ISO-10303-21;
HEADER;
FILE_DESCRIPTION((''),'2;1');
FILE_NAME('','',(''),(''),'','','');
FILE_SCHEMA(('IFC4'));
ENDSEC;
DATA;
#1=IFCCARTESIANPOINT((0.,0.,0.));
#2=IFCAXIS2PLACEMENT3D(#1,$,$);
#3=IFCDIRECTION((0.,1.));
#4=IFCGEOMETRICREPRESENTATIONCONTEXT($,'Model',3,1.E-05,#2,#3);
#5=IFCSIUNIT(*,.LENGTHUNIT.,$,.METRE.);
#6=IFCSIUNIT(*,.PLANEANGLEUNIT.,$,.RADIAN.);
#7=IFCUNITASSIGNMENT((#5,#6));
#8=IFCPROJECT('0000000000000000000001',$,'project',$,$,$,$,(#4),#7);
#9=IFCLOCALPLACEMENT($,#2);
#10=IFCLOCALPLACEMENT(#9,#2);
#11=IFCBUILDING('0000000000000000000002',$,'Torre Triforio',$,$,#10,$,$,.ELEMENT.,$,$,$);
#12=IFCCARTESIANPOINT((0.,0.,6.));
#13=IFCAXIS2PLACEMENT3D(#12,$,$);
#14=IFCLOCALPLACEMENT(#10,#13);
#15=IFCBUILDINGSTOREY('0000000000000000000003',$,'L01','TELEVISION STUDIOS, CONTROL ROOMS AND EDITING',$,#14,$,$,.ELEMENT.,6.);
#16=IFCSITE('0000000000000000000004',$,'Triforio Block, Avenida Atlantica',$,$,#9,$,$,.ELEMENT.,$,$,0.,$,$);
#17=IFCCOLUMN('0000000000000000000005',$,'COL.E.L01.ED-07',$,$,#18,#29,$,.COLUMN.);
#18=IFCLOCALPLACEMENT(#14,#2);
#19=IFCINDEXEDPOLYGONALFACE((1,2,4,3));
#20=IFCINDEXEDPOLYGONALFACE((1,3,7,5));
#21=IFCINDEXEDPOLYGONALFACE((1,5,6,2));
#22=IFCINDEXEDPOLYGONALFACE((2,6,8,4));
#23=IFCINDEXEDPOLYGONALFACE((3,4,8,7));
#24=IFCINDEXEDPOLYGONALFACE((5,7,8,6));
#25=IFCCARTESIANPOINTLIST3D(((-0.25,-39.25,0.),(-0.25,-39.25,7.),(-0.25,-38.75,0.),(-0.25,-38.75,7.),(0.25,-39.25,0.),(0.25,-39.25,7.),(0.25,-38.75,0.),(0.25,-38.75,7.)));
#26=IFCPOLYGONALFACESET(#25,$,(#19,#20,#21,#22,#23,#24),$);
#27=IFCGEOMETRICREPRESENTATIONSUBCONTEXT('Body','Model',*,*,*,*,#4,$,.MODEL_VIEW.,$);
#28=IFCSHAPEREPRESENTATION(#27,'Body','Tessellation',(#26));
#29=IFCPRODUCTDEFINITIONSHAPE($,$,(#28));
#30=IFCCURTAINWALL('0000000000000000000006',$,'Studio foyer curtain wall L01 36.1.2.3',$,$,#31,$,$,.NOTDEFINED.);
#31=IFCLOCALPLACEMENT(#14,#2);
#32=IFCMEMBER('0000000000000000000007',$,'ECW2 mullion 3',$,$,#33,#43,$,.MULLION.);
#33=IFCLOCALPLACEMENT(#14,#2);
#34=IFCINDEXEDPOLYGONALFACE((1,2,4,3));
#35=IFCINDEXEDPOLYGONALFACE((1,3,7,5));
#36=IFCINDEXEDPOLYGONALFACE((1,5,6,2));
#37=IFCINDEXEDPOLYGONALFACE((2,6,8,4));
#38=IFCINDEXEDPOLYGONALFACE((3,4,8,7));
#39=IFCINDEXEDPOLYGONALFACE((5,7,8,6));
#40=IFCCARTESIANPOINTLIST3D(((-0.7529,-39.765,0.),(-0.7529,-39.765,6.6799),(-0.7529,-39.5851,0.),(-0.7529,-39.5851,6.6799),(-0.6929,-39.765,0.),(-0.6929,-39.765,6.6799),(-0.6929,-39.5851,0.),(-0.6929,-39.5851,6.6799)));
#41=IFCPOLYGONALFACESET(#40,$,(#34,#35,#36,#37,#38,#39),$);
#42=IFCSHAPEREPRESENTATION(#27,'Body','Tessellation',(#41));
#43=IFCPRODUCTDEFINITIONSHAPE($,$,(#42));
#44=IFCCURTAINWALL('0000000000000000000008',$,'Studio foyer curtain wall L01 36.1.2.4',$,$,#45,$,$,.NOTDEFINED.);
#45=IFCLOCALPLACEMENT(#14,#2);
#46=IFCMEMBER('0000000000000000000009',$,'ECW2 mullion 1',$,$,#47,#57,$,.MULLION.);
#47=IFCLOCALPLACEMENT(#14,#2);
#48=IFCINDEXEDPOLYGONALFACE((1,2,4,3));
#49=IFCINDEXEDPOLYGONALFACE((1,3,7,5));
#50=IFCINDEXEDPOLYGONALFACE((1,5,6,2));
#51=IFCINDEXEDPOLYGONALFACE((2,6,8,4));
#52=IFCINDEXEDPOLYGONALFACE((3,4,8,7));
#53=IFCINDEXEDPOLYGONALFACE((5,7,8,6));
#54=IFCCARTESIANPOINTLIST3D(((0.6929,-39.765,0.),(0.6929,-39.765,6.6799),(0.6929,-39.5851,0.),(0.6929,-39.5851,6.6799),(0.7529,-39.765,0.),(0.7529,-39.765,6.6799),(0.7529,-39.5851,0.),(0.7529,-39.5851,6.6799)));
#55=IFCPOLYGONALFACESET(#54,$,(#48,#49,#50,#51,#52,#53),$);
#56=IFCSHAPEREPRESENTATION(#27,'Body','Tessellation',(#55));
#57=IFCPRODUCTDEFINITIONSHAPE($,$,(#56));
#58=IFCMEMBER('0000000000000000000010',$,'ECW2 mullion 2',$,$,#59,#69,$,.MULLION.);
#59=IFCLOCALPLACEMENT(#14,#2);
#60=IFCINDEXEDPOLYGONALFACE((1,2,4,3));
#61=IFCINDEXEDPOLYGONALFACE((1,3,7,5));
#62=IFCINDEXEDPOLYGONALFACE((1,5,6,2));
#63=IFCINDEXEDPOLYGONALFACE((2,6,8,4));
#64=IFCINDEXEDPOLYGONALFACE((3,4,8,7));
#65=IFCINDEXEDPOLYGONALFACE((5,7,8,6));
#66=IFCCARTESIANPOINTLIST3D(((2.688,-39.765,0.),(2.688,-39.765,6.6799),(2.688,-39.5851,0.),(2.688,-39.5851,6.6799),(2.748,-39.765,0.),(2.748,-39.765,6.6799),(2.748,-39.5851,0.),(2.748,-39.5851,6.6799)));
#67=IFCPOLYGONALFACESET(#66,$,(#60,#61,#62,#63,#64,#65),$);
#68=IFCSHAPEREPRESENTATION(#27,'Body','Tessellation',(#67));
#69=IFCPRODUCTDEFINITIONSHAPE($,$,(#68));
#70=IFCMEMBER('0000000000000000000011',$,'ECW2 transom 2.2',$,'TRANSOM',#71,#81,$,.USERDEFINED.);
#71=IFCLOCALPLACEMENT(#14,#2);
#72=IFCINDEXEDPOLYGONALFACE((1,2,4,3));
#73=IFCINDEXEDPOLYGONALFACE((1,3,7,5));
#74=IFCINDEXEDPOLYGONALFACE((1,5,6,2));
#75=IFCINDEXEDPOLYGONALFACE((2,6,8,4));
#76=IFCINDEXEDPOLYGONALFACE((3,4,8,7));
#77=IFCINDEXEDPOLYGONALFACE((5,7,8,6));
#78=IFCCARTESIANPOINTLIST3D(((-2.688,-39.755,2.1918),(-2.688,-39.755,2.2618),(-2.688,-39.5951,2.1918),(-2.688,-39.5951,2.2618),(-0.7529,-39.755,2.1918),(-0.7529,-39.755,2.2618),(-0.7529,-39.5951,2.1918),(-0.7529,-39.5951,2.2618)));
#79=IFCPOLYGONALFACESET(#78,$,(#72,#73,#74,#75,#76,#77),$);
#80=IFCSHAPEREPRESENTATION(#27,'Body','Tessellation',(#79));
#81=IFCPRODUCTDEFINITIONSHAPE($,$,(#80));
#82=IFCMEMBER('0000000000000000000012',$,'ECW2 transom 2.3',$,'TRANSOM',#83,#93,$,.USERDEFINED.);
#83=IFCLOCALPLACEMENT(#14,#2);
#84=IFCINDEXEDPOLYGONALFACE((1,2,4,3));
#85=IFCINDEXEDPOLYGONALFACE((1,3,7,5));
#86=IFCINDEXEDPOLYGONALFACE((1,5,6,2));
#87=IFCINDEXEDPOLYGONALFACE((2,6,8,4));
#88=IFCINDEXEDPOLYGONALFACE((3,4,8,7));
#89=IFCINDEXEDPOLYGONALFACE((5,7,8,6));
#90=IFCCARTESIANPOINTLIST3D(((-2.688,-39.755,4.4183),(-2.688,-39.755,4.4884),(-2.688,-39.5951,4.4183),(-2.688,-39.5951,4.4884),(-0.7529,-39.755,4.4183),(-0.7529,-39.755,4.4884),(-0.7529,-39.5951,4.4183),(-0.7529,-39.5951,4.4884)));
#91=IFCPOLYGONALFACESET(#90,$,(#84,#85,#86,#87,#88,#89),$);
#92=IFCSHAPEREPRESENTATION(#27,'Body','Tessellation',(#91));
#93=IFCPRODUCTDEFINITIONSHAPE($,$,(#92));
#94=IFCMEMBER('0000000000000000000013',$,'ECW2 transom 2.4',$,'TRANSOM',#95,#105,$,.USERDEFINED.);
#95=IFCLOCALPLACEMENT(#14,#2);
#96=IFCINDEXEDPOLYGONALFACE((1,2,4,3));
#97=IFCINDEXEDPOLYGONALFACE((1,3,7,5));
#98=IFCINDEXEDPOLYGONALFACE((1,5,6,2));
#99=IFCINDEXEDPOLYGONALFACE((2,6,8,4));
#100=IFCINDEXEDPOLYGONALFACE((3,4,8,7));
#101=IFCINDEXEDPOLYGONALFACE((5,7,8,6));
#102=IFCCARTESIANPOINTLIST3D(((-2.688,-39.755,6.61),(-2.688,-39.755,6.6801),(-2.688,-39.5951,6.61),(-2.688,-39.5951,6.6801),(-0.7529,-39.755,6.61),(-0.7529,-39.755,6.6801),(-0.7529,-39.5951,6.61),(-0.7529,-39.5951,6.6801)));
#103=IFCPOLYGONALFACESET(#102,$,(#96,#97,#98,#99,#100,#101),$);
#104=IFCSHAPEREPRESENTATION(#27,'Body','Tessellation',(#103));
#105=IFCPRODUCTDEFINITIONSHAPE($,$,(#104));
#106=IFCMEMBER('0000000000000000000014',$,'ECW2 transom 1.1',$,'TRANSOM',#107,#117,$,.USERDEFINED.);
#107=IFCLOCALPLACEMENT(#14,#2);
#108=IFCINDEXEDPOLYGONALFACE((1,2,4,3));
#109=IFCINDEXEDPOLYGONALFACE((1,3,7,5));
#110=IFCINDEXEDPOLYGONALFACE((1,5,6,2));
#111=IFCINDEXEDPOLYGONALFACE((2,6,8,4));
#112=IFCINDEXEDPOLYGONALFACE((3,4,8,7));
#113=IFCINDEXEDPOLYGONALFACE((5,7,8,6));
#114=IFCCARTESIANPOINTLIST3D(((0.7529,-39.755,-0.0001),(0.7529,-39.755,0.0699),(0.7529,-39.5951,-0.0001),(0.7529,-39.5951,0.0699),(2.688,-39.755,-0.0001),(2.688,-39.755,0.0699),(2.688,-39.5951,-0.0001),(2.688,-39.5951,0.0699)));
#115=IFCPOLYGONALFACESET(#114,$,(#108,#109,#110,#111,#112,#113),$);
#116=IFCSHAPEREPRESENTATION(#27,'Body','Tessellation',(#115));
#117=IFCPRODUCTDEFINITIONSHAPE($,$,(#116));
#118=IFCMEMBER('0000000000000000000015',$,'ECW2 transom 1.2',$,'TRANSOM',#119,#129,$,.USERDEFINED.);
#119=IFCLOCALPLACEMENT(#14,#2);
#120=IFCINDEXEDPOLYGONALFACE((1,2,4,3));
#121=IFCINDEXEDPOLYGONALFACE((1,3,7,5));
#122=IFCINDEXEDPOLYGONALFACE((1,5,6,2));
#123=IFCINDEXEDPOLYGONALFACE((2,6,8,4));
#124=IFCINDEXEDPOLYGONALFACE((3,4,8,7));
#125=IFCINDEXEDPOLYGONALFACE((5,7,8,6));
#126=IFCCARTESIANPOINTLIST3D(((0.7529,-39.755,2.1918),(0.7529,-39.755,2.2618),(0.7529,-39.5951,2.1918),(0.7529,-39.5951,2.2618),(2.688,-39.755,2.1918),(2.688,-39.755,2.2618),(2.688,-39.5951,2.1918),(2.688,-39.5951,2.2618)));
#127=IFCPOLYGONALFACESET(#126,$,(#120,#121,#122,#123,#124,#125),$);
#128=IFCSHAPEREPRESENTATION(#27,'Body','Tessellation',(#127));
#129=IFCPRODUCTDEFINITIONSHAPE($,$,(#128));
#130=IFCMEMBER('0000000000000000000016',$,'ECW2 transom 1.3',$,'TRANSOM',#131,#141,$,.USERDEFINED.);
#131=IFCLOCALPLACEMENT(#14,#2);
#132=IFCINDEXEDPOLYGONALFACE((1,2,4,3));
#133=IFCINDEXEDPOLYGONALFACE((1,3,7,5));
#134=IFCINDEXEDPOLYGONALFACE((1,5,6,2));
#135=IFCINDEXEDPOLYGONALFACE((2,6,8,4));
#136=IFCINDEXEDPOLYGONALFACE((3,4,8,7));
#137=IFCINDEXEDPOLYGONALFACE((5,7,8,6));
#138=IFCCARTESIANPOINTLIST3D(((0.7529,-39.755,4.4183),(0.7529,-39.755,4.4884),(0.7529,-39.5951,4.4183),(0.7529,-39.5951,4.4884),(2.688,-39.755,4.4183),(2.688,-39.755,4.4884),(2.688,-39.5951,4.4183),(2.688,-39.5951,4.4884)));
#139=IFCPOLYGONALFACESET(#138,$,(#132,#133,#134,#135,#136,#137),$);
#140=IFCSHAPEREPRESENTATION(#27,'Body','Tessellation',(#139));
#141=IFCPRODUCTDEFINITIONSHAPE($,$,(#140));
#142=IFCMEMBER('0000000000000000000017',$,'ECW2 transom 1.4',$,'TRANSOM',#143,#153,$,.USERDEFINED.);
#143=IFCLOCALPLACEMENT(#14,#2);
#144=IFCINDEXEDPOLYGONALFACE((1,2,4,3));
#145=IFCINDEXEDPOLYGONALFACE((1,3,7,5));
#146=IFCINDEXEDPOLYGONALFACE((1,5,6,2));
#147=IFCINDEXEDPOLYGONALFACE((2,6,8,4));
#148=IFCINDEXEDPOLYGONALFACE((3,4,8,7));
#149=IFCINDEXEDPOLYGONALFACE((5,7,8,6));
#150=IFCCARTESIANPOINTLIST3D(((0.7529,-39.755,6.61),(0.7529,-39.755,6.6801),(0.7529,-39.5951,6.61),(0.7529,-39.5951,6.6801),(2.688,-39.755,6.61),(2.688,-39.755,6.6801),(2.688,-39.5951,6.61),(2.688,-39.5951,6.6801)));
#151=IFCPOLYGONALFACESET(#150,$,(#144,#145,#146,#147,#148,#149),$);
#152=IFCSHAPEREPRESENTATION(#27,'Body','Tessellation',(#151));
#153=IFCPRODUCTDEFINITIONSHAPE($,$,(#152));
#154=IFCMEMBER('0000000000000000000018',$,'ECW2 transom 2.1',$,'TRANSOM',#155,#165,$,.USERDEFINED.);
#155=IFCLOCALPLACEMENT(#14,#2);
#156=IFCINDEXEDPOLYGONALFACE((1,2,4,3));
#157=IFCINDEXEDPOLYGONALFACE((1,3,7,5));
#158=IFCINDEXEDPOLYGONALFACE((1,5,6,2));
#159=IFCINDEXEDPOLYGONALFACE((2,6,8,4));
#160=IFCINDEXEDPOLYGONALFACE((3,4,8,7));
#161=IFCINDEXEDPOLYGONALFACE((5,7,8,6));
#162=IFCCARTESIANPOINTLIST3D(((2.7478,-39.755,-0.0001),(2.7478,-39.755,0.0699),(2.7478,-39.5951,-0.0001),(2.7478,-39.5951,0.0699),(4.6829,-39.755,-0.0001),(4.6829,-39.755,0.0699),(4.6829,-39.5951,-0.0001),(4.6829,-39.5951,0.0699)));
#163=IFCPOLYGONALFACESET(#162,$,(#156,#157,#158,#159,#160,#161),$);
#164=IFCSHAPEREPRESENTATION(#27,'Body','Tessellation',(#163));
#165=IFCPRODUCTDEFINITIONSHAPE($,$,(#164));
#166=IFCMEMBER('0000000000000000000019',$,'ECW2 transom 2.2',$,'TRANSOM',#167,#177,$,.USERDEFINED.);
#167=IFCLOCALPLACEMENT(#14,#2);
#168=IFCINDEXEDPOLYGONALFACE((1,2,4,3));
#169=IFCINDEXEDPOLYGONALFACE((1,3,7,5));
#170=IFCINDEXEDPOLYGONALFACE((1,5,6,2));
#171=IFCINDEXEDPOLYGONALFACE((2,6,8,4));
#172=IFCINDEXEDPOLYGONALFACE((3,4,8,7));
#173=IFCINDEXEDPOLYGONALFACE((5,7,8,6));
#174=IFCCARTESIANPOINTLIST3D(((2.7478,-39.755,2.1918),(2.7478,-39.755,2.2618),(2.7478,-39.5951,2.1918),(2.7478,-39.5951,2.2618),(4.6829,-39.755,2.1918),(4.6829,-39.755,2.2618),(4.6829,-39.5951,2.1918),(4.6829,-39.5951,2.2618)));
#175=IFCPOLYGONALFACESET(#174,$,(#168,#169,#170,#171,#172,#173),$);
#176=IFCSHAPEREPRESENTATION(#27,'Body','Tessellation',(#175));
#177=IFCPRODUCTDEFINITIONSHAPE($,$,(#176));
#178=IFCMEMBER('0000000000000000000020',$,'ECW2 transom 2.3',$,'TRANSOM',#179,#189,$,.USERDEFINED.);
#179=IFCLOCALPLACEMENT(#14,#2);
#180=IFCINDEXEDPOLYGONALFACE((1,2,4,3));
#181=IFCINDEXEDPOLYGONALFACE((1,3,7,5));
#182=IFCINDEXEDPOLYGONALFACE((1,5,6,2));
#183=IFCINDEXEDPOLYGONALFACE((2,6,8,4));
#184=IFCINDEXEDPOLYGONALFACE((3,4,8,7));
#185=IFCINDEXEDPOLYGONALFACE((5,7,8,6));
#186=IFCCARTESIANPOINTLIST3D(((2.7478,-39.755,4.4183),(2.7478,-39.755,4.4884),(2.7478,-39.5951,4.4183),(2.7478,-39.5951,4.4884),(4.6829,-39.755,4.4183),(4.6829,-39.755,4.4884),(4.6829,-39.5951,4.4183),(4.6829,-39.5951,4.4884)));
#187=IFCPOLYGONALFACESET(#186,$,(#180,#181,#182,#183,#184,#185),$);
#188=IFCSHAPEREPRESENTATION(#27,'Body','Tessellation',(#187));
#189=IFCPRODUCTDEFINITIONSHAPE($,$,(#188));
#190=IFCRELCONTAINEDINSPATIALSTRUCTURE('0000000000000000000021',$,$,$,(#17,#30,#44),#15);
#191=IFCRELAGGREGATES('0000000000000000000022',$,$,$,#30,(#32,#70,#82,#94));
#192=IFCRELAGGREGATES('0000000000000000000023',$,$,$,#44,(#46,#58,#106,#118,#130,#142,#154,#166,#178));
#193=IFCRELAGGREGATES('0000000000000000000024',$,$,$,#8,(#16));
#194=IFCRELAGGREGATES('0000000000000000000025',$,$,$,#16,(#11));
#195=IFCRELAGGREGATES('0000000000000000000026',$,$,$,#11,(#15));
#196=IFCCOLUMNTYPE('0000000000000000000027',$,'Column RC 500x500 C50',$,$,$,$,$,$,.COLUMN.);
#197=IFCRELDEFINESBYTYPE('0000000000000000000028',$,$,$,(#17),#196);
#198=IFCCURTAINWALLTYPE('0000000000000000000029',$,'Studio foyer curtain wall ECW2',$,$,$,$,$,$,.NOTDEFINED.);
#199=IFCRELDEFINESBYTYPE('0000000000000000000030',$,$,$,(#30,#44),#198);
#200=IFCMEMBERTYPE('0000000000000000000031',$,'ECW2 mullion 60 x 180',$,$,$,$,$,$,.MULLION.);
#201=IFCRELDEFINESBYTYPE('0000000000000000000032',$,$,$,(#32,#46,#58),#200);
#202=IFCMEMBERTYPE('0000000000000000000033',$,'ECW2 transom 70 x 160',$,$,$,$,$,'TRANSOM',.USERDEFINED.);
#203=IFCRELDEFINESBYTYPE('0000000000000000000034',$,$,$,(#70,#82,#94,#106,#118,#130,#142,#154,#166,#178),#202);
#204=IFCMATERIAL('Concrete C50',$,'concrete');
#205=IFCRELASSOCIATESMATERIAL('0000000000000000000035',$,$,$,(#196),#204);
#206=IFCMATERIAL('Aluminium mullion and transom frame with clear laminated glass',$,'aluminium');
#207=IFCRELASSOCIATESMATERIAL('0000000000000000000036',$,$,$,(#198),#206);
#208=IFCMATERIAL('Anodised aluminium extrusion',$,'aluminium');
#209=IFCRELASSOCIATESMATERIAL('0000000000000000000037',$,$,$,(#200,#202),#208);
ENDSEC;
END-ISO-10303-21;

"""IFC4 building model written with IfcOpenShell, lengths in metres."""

from ifc_helpers import new_model, si_unit, direction, frame, origin, origin_2d, place, context, subcontext, project, spatial, rectangle, extrude, material, material_profile, profile_set, type_object, element, aggregate, save


model = new_model("IFC4")

# Units and contexts
model_context = context("Model", 3, precision=1e-05, world=origin(), true_north=direction((0.0, 1.0)))
body_context = subcontext(model_context, "Body", "Model", "MODEL_VIEW")
ifc_project = project(units=[si_unit("LENGTHUNIT", "METRE"), si_unit("PLANEANGLEUNIT", "RADIAN")], contexts=[model_context])

# Site, building, storey
site_placement = place(None, origin())
site = spatial("IfcSite", under=ifc_project, at=site_placement, Name="Triforio Block, Avenida Atlantica", CompositionType="ELEMENT", RefElevation=0.0)
building_placement = place(site_placement, origin())
building = spatial("IfcBuilding", under=site, at=building_placement, Name="Torre Triforio", CompositionType="ELEMENT")
storey_placement = place(building_placement, frame((0.0, 0.0, 6.0)))
storey = spatial("IfcBuildingStorey", under=building, at=storey_placement, Name="L01", Description="TELEVISION STUDIOS, CONTROL ROOMS AND EDITING", CompositionType="ELEMENT", Elevation=6.0)

# Column
ifc_material_1 = material(Name="Concrete C50", Category="concrete")
ifc_material_profile_1 = material_profile(ifc_material_1, rectangle(XDim=0.5, YDim=0.5, at=origin_2d()), Name="RC 500x500")
ifc_profile_set_1 = profile_set([ifc_material_profile_1], Name="Concrete C50")
column_type = type_object("IfcColumnType", Name="Column RC 500x500 C50", PredefinedType="COLUMN", material=ifc_profile_set_1)
column_placement = place(storey_placement, frame((0.0, -39.0, 0.0), z_axis=(0.0, 0.0, 1.0), x_axis=(1.0, 0.0, 0.0)))
element("IfcColumn", 1, at=column_placement, inside=storey, type_object=column_type, Name="COL.E.L01.ED-07", PredefinedType="COLUMN", context=body_context, shape_type="SweptSolid", body=[
    extrude(rectangle(XDim=0.5, YDim=0.5, at=origin_2d()), origin(), (0.0, 0.0, 1.0), 7.0),
])

# Curtain wall, member
ifc_material_2 = material(Name="Aluminium mullion and transom frame with clear laminated glass", Category="aluminium")
curtain_wall_type = type_object("IfcCurtainWallType", Name="Studio foyer curtain wall ECW2", PredefinedType="NOTDEFINED", material=ifc_material_2)
curtain_wall_1_placement = place(storey_placement, origin())
curtain_wall_1 = element("IfcCurtainWall", 2, at=curtain_wall_1_placement, inside=storey, type_object=curtain_wall_type, Name="Studio foyer curtain wall L01 36.1.2.3", PredefinedType="NOTDEFINED")
ifc_material_3 = material(Name="Anodised aluminium extrusion", Category="aluminium")
ifc_material_profile_2 = material_profile(ifc_material_3, rectangle(XDim=0.1799, YDim=0.0601, at=origin_2d()), Name="ECW2 MULLION 60x180")
ifc_profile_set_2 = profile_set([ifc_material_profile_2], Name="Anodised aluminium extrusion")
member_type_1 = type_object("IfcMemberType", Name="ECW2 mullion 60 x 180", PredefinedType="MULLION", material=ifc_profile_set_2)
member_1_placement = place(storey_placement, frame((-0.7229, -39.675, 0.0), z_axis=(0.0, 0.0, 1.0), x_axis=(0.0, 1.0, 0.0)))
member_1 = element("IfcMember", 3, at=member_1_placement, type_object=member_type_1, Name="ECW2 mullion 3", PredefinedType="MULLION", context=body_context, shape_type="SweptSolid", body=[
    extrude(rectangle(XDim=0.1799, YDim=0.0601, at=origin_2d()), origin(), (0.0, 0.0, 1.0), 6.6799),
])

# Curtain wall, members
curtain_wall_2_placement = place(storey_placement, origin())
curtain_wall_2 = element("IfcCurtainWall", 4, at=curtain_wall_2_placement, inside=storey, type_object=curtain_wall_type, Name="Studio foyer curtain wall L01 36.1.2.4", PredefinedType="NOTDEFINED")
member_2_placement = place(storey_placement, frame((0.7229, -39.675, 0.0), z_axis=(0.0, 0.0, 1.0), x_axis=(0.0, 1.0, 0.0)))
member_2 = element("IfcMember", 5, at=member_2_placement, type_object=member_type_1, Name="ECW2 mullion 1", PredefinedType="MULLION", context=body_context, shape_type="SweptSolid", body=[
    extrude(rectangle(XDim=0.1799, YDim=0.0601, at=origin_2d()), origin(), (0.0, 0.0, 1.0), 6.6799),
])
member_3_placement = place(storey_placement, frame((2.718, -39.675, 0.0), z_axis=(0.0, 0.0, 1.0), x_axis=(0.0, 1.0, 0.0)))
member_3 = element("IfcMember", 6, at=member_3_placement, type_object=member_type_1, Name="ECW2 mullion 2", PredefinedType="MULLION", context=body_context, shape_type="SweptSolid", body=[
    extrude(rectangle(XDim=0.1799, YDim=0.0601, at=origin_2d()), origin(), (0.0, 0.0, 1.0), 6.6799),
])

# Members
ifc_material_profile_3 = material_profile(ifc_material_3, rectangle(XDim=0.1599, YDim=0.0701, at=origin_2d()), Name="ECW2 TRANSOM 70x160")
ifc_profile_set_3 = profile_set([ifc_material_profile_3], Name="Anodised aluminium extrusion")
member_type_2 = type_object("IfcMemberType", Name="ECW2 transom 70 x 160", ElementType="TRANSOM", PredefinedType="USERDEFINED", material=ifc_profile_set_3)
member_4_placement = place(storey_placement, frame((-2.688, -39.675, 2.2268), z_axis=(1.0, 0.0, 0.0), x_axis=(0.0, 1.0, 0.0)))
member_4 = element("IfcMember", 7, at=member_4_placement, type_object=member_type_2, Name="ECW2 transom 2.2", ObjectType="TRANSOM", PredefinedType="USERDEFINED", context=body_context, shape_type="SweptSolid", body=[
    extrude(rectangle(XDim=0.1599, YDim=0.0701, at=origin_2d()), origin(), (0.0, 0.0, 1.0), 1.9351),
])
member_5_placement = place(storey_placement, frame((-2.688, -39.675, 4.4534), z_axis=(1.0, 0.0, 0.0), x_axis=(0.0, 1.0, 0.0)))
member_5 = element("IfcMember", 8, at=member_5_placement, type_object=member_type_2, Name="ECW2 transom 2.3", ObjectType="TRANSOM", PredefinedType="USERDEFINED", context=body_context, shape_type="SweptSolid", body=[
    extrude(rectangle(XDim=0.1599, YDim=0.0701, at=origin_2d()), origin(), (0.0, 0.0, 1.0), 1.9351),
])
member_6_placement = place(storey_placement, frame((-2.688, -39.675, 6.645), z_axis=(1.0, 0.0, 0.0), x_axis=(0.0, 1.0, 0.0)))
member_6 = element("IfcMember", 9, at=member_6_placement, type_object=member_type_2, Name="ECW2 transom 2.4", ObjectType="TRANSOM", PredefinedType="USERDEFINED", context=body_context, shape_type="SweptSolid", body=[
    extrude(rectangle(XDim=0.1599, YDim=0.0701, at=origin_2d()), origin(), (0.0, 0.0, 1.0), 1.9351),
])
member_7_placement = place(storey_placement, frame((0.7529, -39.675, 0.0349), z_axis=(1.0, 0.0, 0.0), x_axis=(0.0, 1.0, 0.0)))
member_7 = element("IfcMember", 10, at=member_7_placement, type_object=member_type_2, Name="ECW2 transom 1.1", ObjectType="TRANSOM", PredefinedType="USERDEFINED", context=body_context, shape_type="SweptSolid", body=[
    extrude(rectangle(XDim=0.1599, YDim=0.0701, at=origin_2d()), origin(), (0.0, 0.0, 1.0), 1.9351),
])
member_8_placement = place(storey_placement, frame((0.7529, -39.675, 2.2268), z_axis=(1.0, 0.0, 0.0), x_axis=(0.0, 1.0, 0.0)))
member_8 = element("IfcMember", 11, at=member_8_placement, type_object=member_type_2, Name="ECW2 transom 1.2", ObjectType="TRANSOM", PredefinedType="USERDEFINED", context=body_context, shape_type="SweptSolid", body=[
    extrude(rectangle(XDim=0.1599, YDim=0.0701, at=origin_2d()), origin(), (0.0, 0.0, 1.0), 1.9351),
])
member_9_placement = place(storey_placement, frame((0.7529, -39.675, 4.4534), z_axis=(1.0, 0.0, 0.0), x_axis=(0.0, 1.0, 0.0)))
member_9 = element("IfcMember", 12, at=member_9_placement, type_object=member_type_2, Name="ECW2 transom 1.3", ObjectType="TRANSOM", PredefinedType="USERDEFINED", context=body_context, shape_type="SweptSolid", body=[
    extrude(rectangle(XDim=0.1599, YDim=0.0701, at=origin_2d()), origin(), (0.0, 0.0, 1.0), 1.9351),
])
member_10_placement = place(storey_placement, frame((0.7529, -39.675, 6.645), z_axis=(1.0, 0.0, 0.0), x_axis=(0.0, 1.0, 0.0)))
member_10 = element("IfcMember", 13, at=member_10_placement, type_object=member_type_2, Name="ECW2 transom 1.4", ObjectType="TRANSOM", PredefinedType="USERDEFINED", context=body_context, shape_type="SweptSolid", body=[
    extrude(rectangle(XDim=0.1599, YDim=0.0701, at=origin_2d()), origin(), (0.0, 0.0, 1.0), 1.9351),
])
member_11_placement = place(storey_placement, frame((2.7478, -39.675, 0.0349), z_axis=(1.0, 0.0, 0.0), x_axis=(0.0, 1.0, 0.0)))
member_11 = element("IfcMember", 14, at=member_11_placement, type_object=member_type_2, Name="ECW2 transom 2.1", ObjectType="TRANSOM", PredefinedType="USERDEFINED", context=body_context, shape_type="SweptSolid", body=[
    extrude(rectangle(XDim=0.1599, YDim=0.0701, at=origin_2d()), origin(), (0.0, 0.0, 1.0), 1.9351),
])
member_12_placement = place(storey_placement, frame((2.7478, -39.675, 2.2268), z_axis=(1.0, 0.0, 0.0), x_axis=(0.0, 1.0, 0.0)))
member_12 = element("IfcMember", 15, at=member_12_placement, type_object=member_type_2, Name="ECW2 transom 2.2", ObjectType="TRANSOM", PredefinedType="USERDEFINED", context=body_context, shape_type="SweptSolid", body=[
    extrude(rectangle(XDim=0.1599, YDim=0.0701, at=origin_2d()), origin(), (0.0, 0.0, 1.0), 1.9351),
])
member_13_placement = place(storey_placement, frame((2.7478, -39.675, 4.4534), z_axis=(1.0, 0.0, 0.0), x_axis=(0.0, 1.0, 0.0)))
member_13 = element("IfcMember", 16, at=member_13_placement, type_object=member_type_2, Name="ECW2 transom 2.3", ObjectType="TRANSOM", PredefinedType="USERDEFINED", context=body_context, shape_type="SweptSolid", body=[
    extrude(rectangle(XDim=0.1599, YDim=0.0701, at=origin_2d()), origin(), (0.0, 0.0, 1.0), 1.9351),
])

aggregate(curtain_wall_1, [member_1, member_4, member_5, member_6])
aggregate(curtain_wall_2, [member_2, member_3, member_7, member_8, member_9, member_10, member_11, member_12, member_13])

save(model, "model.ifc")
